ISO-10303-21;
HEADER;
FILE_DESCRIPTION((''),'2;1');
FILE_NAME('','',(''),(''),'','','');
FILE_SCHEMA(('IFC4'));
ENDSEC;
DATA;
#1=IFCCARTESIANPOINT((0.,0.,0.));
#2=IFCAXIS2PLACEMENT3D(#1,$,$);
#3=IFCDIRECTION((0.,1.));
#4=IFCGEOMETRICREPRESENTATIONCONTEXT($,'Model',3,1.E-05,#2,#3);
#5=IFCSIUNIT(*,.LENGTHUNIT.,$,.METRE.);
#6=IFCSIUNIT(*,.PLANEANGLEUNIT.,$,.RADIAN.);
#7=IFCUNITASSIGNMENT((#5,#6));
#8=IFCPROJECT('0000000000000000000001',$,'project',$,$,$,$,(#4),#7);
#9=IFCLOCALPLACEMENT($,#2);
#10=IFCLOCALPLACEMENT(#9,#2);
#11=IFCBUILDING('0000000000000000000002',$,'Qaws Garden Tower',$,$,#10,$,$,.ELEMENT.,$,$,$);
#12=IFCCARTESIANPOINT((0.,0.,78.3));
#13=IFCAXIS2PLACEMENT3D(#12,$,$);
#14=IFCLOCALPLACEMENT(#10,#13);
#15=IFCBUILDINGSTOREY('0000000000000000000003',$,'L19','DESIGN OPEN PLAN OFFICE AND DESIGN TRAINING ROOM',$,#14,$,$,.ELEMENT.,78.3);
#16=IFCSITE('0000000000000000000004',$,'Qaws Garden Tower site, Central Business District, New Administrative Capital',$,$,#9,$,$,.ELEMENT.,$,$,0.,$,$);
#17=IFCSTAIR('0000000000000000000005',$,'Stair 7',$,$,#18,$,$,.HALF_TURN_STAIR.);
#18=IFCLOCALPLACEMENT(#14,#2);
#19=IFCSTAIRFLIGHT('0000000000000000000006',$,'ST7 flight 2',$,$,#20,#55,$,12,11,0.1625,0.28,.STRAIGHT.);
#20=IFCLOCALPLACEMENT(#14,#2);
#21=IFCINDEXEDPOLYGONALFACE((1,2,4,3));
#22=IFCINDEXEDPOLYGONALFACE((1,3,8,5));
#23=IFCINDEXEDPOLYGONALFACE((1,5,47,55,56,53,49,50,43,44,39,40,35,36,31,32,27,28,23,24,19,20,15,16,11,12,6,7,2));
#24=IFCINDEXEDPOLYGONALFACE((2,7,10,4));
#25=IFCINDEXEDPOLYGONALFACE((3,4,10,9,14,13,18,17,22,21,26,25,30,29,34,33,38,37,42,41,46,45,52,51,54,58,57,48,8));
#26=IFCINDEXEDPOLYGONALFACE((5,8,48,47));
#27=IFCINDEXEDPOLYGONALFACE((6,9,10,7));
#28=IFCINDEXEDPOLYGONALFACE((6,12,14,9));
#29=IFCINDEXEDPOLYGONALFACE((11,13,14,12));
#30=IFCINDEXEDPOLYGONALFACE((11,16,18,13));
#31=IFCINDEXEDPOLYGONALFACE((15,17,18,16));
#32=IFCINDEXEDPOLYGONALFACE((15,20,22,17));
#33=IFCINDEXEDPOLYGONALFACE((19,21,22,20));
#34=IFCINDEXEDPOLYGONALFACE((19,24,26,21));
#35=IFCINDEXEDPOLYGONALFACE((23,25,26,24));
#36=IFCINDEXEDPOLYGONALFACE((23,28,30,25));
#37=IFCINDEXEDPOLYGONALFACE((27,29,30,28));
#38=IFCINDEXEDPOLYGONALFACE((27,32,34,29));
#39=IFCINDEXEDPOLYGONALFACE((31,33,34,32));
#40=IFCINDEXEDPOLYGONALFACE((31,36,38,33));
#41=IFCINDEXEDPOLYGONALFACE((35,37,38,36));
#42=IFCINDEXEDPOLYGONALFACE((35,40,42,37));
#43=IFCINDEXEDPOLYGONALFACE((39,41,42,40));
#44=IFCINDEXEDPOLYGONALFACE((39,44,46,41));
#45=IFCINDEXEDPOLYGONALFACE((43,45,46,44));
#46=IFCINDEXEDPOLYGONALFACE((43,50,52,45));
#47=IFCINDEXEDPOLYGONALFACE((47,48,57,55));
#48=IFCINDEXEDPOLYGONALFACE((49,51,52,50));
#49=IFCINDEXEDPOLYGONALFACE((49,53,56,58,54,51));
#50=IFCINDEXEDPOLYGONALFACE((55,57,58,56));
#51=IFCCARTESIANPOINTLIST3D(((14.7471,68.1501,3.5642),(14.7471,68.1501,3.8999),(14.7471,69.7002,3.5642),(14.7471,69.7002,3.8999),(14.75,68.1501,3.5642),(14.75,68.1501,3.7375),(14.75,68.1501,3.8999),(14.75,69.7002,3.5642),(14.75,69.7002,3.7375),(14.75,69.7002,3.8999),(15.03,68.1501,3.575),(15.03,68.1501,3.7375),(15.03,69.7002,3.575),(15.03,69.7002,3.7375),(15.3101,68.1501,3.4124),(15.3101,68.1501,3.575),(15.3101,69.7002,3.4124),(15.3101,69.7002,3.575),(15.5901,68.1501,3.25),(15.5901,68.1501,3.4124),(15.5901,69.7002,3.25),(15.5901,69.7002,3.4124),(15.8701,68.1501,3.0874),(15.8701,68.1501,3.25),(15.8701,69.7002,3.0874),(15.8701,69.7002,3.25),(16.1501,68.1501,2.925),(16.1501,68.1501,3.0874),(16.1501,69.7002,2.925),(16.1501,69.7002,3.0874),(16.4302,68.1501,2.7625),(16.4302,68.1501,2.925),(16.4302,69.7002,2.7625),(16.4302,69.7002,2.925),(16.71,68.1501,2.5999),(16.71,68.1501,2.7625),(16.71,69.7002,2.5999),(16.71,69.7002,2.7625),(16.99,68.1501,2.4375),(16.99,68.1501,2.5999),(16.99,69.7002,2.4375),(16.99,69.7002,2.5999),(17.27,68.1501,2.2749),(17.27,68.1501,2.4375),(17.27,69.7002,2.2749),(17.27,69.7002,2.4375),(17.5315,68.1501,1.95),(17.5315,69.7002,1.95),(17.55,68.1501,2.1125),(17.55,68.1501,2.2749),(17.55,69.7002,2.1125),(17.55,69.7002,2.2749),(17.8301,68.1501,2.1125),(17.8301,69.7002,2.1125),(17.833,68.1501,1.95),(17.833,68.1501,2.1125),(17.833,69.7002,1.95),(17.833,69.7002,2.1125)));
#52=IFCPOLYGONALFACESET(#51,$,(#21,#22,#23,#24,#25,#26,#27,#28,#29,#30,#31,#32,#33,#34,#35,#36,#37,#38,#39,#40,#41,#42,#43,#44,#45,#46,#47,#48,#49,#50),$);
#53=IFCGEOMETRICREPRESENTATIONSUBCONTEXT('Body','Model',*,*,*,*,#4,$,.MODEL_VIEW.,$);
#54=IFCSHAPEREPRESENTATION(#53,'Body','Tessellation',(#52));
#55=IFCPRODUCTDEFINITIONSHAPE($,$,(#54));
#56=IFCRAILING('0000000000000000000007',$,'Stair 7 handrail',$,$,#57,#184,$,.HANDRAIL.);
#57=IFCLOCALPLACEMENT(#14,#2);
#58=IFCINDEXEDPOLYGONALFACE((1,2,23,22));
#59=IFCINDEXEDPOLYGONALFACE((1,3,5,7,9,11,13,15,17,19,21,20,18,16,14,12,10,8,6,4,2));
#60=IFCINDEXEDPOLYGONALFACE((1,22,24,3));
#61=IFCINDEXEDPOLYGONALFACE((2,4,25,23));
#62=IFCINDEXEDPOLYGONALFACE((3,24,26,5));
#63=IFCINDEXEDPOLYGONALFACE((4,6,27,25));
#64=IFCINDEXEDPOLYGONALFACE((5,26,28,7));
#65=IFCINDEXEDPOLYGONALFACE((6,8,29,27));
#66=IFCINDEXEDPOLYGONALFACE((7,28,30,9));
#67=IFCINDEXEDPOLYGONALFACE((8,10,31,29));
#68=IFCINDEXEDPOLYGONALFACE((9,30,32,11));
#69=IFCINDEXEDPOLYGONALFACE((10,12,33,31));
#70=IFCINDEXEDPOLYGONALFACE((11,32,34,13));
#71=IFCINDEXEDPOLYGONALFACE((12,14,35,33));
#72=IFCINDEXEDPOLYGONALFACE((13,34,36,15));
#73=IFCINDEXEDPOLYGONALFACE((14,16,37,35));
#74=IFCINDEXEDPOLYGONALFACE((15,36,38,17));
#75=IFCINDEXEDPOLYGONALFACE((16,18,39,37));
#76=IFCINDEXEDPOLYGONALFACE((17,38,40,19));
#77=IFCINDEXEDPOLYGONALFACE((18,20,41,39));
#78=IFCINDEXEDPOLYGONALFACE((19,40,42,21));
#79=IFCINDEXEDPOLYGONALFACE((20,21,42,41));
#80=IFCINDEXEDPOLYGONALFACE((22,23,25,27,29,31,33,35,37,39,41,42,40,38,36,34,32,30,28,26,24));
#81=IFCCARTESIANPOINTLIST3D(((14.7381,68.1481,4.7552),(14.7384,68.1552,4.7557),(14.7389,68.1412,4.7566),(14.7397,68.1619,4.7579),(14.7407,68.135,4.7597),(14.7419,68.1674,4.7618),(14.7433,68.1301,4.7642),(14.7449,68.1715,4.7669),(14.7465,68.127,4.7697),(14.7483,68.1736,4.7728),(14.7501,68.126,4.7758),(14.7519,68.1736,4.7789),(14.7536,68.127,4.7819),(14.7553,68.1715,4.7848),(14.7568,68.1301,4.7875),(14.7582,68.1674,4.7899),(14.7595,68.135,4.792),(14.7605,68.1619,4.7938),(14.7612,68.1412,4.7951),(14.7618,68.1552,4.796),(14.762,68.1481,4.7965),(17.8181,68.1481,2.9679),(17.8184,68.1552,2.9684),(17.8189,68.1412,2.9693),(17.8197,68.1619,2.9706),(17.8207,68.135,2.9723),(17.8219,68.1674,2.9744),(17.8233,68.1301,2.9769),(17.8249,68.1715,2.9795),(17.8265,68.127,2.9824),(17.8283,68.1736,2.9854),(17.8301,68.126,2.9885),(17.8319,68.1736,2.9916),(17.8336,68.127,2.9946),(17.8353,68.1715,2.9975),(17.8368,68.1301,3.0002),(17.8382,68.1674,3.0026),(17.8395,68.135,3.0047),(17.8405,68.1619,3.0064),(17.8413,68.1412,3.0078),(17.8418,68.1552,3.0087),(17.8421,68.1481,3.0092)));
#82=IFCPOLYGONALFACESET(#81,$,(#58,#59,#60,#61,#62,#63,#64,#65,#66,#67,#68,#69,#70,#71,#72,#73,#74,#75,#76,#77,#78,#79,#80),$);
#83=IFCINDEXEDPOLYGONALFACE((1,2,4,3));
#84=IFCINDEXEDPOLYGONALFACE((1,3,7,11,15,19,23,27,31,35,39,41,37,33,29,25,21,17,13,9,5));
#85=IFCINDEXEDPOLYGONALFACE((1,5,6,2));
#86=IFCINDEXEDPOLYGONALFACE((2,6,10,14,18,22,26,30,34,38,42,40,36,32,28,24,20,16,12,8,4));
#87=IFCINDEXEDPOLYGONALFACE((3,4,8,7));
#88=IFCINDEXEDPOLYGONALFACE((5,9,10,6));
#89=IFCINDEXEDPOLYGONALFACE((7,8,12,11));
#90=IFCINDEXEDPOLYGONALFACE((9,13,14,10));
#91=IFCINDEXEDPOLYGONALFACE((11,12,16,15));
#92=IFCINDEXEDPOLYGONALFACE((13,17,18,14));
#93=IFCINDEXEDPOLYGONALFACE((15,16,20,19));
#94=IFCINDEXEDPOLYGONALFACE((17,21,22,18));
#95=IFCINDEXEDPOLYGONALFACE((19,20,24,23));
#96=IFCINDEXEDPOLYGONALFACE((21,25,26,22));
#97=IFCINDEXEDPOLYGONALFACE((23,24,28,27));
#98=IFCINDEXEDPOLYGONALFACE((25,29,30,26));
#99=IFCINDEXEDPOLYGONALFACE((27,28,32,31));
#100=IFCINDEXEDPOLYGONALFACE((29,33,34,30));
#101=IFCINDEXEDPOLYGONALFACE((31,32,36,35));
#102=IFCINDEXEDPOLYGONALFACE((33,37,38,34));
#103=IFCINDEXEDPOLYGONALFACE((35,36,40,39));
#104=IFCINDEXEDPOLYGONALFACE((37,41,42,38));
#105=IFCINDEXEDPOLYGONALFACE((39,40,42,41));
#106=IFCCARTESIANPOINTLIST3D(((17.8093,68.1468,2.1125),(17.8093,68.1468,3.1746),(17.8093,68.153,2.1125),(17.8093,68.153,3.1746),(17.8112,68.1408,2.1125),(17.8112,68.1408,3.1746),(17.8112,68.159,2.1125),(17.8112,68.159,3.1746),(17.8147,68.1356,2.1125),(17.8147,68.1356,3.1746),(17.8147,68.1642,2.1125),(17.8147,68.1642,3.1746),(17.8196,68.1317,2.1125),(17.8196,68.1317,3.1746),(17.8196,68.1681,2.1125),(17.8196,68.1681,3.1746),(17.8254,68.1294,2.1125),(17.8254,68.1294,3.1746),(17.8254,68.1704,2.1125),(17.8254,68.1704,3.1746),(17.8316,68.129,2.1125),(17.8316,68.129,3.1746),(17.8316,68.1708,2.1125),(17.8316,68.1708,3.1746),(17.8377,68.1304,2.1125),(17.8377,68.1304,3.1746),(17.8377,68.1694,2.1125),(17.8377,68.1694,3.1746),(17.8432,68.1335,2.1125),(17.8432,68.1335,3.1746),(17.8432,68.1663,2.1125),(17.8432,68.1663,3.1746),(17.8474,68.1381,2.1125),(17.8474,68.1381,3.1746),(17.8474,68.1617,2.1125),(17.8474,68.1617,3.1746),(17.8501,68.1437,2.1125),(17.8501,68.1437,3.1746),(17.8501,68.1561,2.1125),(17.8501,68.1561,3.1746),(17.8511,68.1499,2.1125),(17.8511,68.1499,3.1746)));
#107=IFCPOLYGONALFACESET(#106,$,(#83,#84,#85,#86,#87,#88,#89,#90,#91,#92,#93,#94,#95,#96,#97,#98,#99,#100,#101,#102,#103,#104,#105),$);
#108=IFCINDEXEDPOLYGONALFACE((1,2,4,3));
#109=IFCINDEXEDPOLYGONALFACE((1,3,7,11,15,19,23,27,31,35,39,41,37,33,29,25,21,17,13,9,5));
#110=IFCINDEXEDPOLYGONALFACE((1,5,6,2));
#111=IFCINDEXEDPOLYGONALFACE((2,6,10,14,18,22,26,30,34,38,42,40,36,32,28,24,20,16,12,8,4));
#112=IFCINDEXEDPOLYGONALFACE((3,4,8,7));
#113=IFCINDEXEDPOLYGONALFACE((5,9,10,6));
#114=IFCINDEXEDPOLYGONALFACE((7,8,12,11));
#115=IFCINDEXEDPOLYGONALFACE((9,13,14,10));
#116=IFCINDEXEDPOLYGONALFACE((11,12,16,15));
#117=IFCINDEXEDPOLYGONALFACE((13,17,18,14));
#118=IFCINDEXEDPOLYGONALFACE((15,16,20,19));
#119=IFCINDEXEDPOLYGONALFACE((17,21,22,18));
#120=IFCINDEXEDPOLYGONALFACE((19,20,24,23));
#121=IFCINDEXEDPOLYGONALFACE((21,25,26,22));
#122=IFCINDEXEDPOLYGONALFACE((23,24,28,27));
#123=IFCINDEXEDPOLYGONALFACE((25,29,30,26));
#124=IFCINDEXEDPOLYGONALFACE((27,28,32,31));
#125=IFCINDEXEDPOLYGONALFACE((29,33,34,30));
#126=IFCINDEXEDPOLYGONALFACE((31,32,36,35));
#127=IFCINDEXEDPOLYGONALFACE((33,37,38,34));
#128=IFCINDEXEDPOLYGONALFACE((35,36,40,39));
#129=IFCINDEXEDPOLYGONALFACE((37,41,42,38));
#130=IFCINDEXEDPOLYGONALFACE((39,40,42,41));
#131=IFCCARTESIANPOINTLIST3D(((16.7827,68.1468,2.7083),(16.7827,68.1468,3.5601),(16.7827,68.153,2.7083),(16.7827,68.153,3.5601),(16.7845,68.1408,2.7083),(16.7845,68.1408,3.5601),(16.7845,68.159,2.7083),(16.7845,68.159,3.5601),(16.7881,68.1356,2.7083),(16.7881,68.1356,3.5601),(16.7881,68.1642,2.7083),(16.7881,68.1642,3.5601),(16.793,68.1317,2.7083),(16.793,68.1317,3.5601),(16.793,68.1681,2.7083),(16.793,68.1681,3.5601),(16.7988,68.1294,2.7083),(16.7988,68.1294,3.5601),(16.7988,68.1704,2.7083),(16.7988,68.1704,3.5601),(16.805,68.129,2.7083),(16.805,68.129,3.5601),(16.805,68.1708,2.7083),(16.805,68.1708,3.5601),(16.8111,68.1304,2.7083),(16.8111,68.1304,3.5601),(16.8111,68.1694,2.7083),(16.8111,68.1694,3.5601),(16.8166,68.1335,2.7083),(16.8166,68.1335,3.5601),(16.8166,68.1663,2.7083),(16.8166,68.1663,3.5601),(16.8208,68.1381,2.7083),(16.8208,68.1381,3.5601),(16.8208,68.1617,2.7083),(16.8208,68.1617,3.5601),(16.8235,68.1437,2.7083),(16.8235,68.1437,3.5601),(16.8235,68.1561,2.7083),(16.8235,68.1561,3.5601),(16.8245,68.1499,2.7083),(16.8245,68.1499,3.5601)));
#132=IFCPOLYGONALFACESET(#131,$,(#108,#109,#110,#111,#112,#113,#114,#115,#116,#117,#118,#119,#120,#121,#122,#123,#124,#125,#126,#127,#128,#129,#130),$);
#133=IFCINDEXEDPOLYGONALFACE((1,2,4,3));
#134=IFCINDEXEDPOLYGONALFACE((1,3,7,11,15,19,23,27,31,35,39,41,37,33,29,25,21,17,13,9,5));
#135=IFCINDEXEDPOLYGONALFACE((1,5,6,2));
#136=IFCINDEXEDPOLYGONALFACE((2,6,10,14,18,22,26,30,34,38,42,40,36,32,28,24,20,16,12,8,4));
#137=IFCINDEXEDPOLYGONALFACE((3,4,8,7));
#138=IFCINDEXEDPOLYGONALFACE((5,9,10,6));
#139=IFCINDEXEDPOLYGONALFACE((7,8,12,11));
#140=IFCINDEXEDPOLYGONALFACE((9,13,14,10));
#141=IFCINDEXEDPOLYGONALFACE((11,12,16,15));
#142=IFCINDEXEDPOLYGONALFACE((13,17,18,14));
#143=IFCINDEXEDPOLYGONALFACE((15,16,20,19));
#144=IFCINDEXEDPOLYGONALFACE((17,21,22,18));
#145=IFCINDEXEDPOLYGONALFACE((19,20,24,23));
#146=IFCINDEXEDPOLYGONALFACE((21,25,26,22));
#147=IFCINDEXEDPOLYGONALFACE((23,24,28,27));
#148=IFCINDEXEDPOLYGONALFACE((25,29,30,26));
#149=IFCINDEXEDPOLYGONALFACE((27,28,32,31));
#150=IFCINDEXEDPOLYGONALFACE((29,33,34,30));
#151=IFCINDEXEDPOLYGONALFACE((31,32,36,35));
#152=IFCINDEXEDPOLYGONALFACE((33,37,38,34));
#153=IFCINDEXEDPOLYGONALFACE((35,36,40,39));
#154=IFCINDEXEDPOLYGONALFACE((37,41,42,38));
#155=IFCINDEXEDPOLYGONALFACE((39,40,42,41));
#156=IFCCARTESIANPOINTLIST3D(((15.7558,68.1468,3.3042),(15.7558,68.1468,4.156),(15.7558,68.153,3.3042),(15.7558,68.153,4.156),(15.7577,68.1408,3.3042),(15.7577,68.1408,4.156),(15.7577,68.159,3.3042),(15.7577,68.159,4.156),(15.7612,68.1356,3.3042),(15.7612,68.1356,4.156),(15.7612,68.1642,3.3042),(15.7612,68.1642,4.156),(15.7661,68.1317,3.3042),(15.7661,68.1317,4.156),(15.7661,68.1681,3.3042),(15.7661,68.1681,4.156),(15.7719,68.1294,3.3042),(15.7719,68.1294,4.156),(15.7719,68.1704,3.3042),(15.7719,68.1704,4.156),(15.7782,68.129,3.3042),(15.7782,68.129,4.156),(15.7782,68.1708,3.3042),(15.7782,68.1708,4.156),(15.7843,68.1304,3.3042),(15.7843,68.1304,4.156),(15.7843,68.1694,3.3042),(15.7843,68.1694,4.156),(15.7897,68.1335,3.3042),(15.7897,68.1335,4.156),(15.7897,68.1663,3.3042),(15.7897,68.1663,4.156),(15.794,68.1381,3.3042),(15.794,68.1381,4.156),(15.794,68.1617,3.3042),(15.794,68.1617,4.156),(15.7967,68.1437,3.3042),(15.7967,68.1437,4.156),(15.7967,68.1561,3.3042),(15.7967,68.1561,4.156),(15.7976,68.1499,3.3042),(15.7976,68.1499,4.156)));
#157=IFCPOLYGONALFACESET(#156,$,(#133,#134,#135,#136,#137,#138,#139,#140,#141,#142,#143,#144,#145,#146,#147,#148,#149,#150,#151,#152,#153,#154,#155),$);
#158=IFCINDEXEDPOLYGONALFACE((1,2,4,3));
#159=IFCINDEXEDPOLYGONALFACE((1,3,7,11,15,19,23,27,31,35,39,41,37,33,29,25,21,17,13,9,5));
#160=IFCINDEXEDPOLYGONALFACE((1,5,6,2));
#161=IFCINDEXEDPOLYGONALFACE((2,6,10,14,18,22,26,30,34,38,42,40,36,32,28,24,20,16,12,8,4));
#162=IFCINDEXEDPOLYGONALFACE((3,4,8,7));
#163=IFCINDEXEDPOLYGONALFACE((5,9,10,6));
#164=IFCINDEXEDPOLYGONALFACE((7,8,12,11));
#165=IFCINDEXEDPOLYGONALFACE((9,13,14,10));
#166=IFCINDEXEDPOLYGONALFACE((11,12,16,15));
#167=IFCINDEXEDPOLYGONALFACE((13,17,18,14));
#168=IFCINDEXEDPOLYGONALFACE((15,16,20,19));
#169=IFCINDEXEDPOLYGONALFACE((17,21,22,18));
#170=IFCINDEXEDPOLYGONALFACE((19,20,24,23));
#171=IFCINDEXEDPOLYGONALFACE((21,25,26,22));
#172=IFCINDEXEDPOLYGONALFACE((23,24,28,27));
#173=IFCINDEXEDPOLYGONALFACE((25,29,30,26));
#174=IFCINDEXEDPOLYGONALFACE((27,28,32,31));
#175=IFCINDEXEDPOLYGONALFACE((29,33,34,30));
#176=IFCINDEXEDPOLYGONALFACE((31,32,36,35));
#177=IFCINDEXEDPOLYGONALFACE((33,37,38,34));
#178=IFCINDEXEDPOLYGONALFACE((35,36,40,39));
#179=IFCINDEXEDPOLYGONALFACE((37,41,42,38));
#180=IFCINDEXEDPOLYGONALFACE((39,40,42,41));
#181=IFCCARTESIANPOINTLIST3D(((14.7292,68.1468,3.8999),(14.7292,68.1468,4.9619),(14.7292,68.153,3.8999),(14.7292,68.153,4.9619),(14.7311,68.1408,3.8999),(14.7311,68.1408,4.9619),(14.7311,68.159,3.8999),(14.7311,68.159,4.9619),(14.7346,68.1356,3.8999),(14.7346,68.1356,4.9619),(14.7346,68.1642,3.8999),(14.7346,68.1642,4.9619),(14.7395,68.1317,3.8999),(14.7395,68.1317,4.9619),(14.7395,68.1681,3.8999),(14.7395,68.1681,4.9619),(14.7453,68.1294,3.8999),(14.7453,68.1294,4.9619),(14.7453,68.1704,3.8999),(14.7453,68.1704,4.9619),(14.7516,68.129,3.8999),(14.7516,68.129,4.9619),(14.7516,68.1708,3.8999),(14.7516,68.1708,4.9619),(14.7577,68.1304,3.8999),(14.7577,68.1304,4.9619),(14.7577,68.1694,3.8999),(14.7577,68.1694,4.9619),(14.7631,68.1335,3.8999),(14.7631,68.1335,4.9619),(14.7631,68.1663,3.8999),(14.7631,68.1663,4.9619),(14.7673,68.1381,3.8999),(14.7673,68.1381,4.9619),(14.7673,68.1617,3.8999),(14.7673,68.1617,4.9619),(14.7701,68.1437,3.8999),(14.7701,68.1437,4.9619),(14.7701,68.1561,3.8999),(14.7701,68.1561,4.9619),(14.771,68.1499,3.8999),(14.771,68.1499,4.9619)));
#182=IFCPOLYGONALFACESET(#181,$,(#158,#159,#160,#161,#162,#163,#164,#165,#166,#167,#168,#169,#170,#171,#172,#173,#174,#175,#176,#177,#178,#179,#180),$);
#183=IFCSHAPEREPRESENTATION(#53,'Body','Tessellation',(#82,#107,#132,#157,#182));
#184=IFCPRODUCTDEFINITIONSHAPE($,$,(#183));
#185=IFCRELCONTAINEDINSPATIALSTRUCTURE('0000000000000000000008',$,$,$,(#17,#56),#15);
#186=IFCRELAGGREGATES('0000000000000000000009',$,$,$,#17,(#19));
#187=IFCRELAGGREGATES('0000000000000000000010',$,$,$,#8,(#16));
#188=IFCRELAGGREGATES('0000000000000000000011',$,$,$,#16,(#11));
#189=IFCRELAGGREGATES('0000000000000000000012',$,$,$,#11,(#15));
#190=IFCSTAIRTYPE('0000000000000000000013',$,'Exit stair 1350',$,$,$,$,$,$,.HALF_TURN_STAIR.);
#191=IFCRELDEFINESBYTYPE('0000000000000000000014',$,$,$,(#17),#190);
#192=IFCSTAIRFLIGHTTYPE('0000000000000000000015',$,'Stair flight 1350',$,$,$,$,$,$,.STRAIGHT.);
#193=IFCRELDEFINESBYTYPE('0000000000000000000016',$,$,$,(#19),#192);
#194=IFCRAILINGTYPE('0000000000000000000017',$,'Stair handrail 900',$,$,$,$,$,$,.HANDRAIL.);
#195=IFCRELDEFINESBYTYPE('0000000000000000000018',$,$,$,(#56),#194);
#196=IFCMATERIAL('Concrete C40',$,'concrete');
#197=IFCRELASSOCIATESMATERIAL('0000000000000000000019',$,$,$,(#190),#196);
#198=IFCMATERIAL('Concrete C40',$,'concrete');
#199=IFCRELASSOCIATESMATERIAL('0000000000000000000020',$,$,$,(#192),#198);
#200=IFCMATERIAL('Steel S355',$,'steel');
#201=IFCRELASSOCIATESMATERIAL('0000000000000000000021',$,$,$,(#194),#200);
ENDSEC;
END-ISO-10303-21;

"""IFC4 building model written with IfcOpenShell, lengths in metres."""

from ifc_helpers import new_model, si_unit, direction, frame, origin, origin_2d, place, context, subcontext, project, spatial, polyline, circle, outline, extrude, material, type_object, element, aggregate, save


model = new_model("IFC4")

# Units and contexts
model_context = context("Model", 3, precision=1e-05, world=origin(), true_north=direction((0.0, 1.0)))
body_context = subcontext(model_context, "Body", "Model", "MODEL_VIEW")
ifc_project = project(units=[si_unit("LENGTHUNIT", "METRE"), si_unit("PLANEANGLEUNIT", "RADIAN")], contexts=[model_context])

# Site, building, storey
site_placement = place(None, origin())
site = spatial("IfcSite", under=ifc_project, at=site_placement, Name="Qaws Garden Tower site, Central Business District, New Administrative Capital", CompositionType="ELEMENT", RefElevation=0.0)
building_placement = place(site_placement, origin())
building = spatial("IfcBuilding", under=site, at=building_placement, Name="Qaws Garden Tower", CompositionType="ELEMENT")
storey_placement = place(building_placement, frame((0.0, 0.0, 78.3)))
storey = spatial("IfcBuildingStorey", under=building, at=storey_placement, Name="L19", Description="DESIGN OPEN PLAN OFFICE AND DESIGN TRAINING ROOM", CompositionType="ELEMENT", Elevation=78.3)

# Stair, stair flight
ifc_material_1 = material(Name="Concrete C40", Category="concrete")
stair_type = type_object("IfcStairType", Name="Exit stair 1350", PredefinedType="HALF_TURN_STAIR", material=ifc_material_1)
stair_placement = place(storey_placement, origin())
stair = element("IfcStair", 1, at=stair_placement, inside=storey, type_object=stair_type, Name="Stair 7", PredefinedType="HALF_TURN_STAIR")
ifc_material_2 = material(Name="Concrete C40", Category="concrete")
stair_flight_type = type_object("IfcStairFlightType", Name="Stair flight 1350", PredefinedType="STRAIGHT", material=ifc_material_2)
stair_flight_placement = place(storey_placement, frame((17.8301, 68.925, 1.95), z_axis=(0.0, 0.0, 1.0), x_axis=(-1.0, 0.0, 0.0)))
stair_flight = element("IfcStairFlight", 2, at=stair_flight_placement, type_object=stair_flight_type, Name="ST7 flight 2", NumberOfRisers=12, NumberOfTreads=11, PredefinedType="STRAIGHT", RiserHeight=0.1625, TreadLength=0.28, context=body_context, shape_type="SweptSolid", body=[
    extrude(outline(polyline([(-0.0029, 0.0), (-0.0029, 0.1626), (0.0, 0.1626), (0.28, 0.1626), (0.28, 0.325), (0.5601, 0.325), (0.5601, 0.4875), (0.8401, 0.4875), (0.8401, 0.6499), (1.1201, 0.6499), (1.1201, 0.8125), (1.3999, 0.8125), (1.3999, 0.9751), (1.6799, 0.9751), (1.6799, 1.1375), (1.96, 1.1375), (1.96, 1.3), (2.24, 1.3), (2.24, 1.4624), (2.52, 1.4624), (2.52, 1.625), (2.8, 1.625), (2.8, 1.7876), (3.0801, 1.7876), (3.0801, 1.95), (3.083, 1.95), (3.083, 1.6143), (3.0801, 1.6143), (0.2986, 0.0), (-0.0029, 0.0)])), frame((0.0, 0.7749, 0.0), z_axis=(0.0, -1.0, 0.0), x_axis=(1.0, 0.0, 0.0)), (0.0, 0.0, 1.0), 1.55),
])
aggregate(stair, [stair_flight])

# Railing
ifc_material_3 = material(Name="Steel S355", Category="steel")
railing_type = type_object("IfcRailingType", Name="Stair handrail 900", PredefinedType="HANDRAIL", material=ifc_material_3)
railing_placement = place(storey_placement, frame((17.8301, 68.1499, 2.1125)))
element("IfcRailing", 3, at=railing_placement, inside=storey, type_object=railing_type, Name="Stair 7 handrail", PredefinedType="HANDRAIL", context=body_context, shape_type="SweptSolid", body=[
    extrude(circle(Radius=0.0239, at=origin_2d()), frame((0.0, 0.0, 0.876), z_axis=(-0.86492, 0.0, 0.501909), x_axis=(0.0, -1.0, 0.0)), (0.0, 0.0, 1.0), 3.561),
    extrude(circle(Radius=0.021, at=origin_2d()), origin(), (0.0, 0.0, 1.0), 1.062),
    extrude(circle(Radius=0.021, at=origin_2d()), frame((-1.0266, 0.0, 0.5957)), (0.0, 0.0, 1.0), 0.8518),
    extrude(circle(Radius=0.021, at=origin_2d()), frame((-2.0535, 0.0, 1.1917)), (0.0, 0.0, 1.0), 0.8518),
    extrude(circle(Radius=0.021, at=origin_2d()), frame((-3.0801, 0.0, 1.7874)), (0.0, 0.0, 1.0), 1.062),
])

save(model, "model.ifc")
